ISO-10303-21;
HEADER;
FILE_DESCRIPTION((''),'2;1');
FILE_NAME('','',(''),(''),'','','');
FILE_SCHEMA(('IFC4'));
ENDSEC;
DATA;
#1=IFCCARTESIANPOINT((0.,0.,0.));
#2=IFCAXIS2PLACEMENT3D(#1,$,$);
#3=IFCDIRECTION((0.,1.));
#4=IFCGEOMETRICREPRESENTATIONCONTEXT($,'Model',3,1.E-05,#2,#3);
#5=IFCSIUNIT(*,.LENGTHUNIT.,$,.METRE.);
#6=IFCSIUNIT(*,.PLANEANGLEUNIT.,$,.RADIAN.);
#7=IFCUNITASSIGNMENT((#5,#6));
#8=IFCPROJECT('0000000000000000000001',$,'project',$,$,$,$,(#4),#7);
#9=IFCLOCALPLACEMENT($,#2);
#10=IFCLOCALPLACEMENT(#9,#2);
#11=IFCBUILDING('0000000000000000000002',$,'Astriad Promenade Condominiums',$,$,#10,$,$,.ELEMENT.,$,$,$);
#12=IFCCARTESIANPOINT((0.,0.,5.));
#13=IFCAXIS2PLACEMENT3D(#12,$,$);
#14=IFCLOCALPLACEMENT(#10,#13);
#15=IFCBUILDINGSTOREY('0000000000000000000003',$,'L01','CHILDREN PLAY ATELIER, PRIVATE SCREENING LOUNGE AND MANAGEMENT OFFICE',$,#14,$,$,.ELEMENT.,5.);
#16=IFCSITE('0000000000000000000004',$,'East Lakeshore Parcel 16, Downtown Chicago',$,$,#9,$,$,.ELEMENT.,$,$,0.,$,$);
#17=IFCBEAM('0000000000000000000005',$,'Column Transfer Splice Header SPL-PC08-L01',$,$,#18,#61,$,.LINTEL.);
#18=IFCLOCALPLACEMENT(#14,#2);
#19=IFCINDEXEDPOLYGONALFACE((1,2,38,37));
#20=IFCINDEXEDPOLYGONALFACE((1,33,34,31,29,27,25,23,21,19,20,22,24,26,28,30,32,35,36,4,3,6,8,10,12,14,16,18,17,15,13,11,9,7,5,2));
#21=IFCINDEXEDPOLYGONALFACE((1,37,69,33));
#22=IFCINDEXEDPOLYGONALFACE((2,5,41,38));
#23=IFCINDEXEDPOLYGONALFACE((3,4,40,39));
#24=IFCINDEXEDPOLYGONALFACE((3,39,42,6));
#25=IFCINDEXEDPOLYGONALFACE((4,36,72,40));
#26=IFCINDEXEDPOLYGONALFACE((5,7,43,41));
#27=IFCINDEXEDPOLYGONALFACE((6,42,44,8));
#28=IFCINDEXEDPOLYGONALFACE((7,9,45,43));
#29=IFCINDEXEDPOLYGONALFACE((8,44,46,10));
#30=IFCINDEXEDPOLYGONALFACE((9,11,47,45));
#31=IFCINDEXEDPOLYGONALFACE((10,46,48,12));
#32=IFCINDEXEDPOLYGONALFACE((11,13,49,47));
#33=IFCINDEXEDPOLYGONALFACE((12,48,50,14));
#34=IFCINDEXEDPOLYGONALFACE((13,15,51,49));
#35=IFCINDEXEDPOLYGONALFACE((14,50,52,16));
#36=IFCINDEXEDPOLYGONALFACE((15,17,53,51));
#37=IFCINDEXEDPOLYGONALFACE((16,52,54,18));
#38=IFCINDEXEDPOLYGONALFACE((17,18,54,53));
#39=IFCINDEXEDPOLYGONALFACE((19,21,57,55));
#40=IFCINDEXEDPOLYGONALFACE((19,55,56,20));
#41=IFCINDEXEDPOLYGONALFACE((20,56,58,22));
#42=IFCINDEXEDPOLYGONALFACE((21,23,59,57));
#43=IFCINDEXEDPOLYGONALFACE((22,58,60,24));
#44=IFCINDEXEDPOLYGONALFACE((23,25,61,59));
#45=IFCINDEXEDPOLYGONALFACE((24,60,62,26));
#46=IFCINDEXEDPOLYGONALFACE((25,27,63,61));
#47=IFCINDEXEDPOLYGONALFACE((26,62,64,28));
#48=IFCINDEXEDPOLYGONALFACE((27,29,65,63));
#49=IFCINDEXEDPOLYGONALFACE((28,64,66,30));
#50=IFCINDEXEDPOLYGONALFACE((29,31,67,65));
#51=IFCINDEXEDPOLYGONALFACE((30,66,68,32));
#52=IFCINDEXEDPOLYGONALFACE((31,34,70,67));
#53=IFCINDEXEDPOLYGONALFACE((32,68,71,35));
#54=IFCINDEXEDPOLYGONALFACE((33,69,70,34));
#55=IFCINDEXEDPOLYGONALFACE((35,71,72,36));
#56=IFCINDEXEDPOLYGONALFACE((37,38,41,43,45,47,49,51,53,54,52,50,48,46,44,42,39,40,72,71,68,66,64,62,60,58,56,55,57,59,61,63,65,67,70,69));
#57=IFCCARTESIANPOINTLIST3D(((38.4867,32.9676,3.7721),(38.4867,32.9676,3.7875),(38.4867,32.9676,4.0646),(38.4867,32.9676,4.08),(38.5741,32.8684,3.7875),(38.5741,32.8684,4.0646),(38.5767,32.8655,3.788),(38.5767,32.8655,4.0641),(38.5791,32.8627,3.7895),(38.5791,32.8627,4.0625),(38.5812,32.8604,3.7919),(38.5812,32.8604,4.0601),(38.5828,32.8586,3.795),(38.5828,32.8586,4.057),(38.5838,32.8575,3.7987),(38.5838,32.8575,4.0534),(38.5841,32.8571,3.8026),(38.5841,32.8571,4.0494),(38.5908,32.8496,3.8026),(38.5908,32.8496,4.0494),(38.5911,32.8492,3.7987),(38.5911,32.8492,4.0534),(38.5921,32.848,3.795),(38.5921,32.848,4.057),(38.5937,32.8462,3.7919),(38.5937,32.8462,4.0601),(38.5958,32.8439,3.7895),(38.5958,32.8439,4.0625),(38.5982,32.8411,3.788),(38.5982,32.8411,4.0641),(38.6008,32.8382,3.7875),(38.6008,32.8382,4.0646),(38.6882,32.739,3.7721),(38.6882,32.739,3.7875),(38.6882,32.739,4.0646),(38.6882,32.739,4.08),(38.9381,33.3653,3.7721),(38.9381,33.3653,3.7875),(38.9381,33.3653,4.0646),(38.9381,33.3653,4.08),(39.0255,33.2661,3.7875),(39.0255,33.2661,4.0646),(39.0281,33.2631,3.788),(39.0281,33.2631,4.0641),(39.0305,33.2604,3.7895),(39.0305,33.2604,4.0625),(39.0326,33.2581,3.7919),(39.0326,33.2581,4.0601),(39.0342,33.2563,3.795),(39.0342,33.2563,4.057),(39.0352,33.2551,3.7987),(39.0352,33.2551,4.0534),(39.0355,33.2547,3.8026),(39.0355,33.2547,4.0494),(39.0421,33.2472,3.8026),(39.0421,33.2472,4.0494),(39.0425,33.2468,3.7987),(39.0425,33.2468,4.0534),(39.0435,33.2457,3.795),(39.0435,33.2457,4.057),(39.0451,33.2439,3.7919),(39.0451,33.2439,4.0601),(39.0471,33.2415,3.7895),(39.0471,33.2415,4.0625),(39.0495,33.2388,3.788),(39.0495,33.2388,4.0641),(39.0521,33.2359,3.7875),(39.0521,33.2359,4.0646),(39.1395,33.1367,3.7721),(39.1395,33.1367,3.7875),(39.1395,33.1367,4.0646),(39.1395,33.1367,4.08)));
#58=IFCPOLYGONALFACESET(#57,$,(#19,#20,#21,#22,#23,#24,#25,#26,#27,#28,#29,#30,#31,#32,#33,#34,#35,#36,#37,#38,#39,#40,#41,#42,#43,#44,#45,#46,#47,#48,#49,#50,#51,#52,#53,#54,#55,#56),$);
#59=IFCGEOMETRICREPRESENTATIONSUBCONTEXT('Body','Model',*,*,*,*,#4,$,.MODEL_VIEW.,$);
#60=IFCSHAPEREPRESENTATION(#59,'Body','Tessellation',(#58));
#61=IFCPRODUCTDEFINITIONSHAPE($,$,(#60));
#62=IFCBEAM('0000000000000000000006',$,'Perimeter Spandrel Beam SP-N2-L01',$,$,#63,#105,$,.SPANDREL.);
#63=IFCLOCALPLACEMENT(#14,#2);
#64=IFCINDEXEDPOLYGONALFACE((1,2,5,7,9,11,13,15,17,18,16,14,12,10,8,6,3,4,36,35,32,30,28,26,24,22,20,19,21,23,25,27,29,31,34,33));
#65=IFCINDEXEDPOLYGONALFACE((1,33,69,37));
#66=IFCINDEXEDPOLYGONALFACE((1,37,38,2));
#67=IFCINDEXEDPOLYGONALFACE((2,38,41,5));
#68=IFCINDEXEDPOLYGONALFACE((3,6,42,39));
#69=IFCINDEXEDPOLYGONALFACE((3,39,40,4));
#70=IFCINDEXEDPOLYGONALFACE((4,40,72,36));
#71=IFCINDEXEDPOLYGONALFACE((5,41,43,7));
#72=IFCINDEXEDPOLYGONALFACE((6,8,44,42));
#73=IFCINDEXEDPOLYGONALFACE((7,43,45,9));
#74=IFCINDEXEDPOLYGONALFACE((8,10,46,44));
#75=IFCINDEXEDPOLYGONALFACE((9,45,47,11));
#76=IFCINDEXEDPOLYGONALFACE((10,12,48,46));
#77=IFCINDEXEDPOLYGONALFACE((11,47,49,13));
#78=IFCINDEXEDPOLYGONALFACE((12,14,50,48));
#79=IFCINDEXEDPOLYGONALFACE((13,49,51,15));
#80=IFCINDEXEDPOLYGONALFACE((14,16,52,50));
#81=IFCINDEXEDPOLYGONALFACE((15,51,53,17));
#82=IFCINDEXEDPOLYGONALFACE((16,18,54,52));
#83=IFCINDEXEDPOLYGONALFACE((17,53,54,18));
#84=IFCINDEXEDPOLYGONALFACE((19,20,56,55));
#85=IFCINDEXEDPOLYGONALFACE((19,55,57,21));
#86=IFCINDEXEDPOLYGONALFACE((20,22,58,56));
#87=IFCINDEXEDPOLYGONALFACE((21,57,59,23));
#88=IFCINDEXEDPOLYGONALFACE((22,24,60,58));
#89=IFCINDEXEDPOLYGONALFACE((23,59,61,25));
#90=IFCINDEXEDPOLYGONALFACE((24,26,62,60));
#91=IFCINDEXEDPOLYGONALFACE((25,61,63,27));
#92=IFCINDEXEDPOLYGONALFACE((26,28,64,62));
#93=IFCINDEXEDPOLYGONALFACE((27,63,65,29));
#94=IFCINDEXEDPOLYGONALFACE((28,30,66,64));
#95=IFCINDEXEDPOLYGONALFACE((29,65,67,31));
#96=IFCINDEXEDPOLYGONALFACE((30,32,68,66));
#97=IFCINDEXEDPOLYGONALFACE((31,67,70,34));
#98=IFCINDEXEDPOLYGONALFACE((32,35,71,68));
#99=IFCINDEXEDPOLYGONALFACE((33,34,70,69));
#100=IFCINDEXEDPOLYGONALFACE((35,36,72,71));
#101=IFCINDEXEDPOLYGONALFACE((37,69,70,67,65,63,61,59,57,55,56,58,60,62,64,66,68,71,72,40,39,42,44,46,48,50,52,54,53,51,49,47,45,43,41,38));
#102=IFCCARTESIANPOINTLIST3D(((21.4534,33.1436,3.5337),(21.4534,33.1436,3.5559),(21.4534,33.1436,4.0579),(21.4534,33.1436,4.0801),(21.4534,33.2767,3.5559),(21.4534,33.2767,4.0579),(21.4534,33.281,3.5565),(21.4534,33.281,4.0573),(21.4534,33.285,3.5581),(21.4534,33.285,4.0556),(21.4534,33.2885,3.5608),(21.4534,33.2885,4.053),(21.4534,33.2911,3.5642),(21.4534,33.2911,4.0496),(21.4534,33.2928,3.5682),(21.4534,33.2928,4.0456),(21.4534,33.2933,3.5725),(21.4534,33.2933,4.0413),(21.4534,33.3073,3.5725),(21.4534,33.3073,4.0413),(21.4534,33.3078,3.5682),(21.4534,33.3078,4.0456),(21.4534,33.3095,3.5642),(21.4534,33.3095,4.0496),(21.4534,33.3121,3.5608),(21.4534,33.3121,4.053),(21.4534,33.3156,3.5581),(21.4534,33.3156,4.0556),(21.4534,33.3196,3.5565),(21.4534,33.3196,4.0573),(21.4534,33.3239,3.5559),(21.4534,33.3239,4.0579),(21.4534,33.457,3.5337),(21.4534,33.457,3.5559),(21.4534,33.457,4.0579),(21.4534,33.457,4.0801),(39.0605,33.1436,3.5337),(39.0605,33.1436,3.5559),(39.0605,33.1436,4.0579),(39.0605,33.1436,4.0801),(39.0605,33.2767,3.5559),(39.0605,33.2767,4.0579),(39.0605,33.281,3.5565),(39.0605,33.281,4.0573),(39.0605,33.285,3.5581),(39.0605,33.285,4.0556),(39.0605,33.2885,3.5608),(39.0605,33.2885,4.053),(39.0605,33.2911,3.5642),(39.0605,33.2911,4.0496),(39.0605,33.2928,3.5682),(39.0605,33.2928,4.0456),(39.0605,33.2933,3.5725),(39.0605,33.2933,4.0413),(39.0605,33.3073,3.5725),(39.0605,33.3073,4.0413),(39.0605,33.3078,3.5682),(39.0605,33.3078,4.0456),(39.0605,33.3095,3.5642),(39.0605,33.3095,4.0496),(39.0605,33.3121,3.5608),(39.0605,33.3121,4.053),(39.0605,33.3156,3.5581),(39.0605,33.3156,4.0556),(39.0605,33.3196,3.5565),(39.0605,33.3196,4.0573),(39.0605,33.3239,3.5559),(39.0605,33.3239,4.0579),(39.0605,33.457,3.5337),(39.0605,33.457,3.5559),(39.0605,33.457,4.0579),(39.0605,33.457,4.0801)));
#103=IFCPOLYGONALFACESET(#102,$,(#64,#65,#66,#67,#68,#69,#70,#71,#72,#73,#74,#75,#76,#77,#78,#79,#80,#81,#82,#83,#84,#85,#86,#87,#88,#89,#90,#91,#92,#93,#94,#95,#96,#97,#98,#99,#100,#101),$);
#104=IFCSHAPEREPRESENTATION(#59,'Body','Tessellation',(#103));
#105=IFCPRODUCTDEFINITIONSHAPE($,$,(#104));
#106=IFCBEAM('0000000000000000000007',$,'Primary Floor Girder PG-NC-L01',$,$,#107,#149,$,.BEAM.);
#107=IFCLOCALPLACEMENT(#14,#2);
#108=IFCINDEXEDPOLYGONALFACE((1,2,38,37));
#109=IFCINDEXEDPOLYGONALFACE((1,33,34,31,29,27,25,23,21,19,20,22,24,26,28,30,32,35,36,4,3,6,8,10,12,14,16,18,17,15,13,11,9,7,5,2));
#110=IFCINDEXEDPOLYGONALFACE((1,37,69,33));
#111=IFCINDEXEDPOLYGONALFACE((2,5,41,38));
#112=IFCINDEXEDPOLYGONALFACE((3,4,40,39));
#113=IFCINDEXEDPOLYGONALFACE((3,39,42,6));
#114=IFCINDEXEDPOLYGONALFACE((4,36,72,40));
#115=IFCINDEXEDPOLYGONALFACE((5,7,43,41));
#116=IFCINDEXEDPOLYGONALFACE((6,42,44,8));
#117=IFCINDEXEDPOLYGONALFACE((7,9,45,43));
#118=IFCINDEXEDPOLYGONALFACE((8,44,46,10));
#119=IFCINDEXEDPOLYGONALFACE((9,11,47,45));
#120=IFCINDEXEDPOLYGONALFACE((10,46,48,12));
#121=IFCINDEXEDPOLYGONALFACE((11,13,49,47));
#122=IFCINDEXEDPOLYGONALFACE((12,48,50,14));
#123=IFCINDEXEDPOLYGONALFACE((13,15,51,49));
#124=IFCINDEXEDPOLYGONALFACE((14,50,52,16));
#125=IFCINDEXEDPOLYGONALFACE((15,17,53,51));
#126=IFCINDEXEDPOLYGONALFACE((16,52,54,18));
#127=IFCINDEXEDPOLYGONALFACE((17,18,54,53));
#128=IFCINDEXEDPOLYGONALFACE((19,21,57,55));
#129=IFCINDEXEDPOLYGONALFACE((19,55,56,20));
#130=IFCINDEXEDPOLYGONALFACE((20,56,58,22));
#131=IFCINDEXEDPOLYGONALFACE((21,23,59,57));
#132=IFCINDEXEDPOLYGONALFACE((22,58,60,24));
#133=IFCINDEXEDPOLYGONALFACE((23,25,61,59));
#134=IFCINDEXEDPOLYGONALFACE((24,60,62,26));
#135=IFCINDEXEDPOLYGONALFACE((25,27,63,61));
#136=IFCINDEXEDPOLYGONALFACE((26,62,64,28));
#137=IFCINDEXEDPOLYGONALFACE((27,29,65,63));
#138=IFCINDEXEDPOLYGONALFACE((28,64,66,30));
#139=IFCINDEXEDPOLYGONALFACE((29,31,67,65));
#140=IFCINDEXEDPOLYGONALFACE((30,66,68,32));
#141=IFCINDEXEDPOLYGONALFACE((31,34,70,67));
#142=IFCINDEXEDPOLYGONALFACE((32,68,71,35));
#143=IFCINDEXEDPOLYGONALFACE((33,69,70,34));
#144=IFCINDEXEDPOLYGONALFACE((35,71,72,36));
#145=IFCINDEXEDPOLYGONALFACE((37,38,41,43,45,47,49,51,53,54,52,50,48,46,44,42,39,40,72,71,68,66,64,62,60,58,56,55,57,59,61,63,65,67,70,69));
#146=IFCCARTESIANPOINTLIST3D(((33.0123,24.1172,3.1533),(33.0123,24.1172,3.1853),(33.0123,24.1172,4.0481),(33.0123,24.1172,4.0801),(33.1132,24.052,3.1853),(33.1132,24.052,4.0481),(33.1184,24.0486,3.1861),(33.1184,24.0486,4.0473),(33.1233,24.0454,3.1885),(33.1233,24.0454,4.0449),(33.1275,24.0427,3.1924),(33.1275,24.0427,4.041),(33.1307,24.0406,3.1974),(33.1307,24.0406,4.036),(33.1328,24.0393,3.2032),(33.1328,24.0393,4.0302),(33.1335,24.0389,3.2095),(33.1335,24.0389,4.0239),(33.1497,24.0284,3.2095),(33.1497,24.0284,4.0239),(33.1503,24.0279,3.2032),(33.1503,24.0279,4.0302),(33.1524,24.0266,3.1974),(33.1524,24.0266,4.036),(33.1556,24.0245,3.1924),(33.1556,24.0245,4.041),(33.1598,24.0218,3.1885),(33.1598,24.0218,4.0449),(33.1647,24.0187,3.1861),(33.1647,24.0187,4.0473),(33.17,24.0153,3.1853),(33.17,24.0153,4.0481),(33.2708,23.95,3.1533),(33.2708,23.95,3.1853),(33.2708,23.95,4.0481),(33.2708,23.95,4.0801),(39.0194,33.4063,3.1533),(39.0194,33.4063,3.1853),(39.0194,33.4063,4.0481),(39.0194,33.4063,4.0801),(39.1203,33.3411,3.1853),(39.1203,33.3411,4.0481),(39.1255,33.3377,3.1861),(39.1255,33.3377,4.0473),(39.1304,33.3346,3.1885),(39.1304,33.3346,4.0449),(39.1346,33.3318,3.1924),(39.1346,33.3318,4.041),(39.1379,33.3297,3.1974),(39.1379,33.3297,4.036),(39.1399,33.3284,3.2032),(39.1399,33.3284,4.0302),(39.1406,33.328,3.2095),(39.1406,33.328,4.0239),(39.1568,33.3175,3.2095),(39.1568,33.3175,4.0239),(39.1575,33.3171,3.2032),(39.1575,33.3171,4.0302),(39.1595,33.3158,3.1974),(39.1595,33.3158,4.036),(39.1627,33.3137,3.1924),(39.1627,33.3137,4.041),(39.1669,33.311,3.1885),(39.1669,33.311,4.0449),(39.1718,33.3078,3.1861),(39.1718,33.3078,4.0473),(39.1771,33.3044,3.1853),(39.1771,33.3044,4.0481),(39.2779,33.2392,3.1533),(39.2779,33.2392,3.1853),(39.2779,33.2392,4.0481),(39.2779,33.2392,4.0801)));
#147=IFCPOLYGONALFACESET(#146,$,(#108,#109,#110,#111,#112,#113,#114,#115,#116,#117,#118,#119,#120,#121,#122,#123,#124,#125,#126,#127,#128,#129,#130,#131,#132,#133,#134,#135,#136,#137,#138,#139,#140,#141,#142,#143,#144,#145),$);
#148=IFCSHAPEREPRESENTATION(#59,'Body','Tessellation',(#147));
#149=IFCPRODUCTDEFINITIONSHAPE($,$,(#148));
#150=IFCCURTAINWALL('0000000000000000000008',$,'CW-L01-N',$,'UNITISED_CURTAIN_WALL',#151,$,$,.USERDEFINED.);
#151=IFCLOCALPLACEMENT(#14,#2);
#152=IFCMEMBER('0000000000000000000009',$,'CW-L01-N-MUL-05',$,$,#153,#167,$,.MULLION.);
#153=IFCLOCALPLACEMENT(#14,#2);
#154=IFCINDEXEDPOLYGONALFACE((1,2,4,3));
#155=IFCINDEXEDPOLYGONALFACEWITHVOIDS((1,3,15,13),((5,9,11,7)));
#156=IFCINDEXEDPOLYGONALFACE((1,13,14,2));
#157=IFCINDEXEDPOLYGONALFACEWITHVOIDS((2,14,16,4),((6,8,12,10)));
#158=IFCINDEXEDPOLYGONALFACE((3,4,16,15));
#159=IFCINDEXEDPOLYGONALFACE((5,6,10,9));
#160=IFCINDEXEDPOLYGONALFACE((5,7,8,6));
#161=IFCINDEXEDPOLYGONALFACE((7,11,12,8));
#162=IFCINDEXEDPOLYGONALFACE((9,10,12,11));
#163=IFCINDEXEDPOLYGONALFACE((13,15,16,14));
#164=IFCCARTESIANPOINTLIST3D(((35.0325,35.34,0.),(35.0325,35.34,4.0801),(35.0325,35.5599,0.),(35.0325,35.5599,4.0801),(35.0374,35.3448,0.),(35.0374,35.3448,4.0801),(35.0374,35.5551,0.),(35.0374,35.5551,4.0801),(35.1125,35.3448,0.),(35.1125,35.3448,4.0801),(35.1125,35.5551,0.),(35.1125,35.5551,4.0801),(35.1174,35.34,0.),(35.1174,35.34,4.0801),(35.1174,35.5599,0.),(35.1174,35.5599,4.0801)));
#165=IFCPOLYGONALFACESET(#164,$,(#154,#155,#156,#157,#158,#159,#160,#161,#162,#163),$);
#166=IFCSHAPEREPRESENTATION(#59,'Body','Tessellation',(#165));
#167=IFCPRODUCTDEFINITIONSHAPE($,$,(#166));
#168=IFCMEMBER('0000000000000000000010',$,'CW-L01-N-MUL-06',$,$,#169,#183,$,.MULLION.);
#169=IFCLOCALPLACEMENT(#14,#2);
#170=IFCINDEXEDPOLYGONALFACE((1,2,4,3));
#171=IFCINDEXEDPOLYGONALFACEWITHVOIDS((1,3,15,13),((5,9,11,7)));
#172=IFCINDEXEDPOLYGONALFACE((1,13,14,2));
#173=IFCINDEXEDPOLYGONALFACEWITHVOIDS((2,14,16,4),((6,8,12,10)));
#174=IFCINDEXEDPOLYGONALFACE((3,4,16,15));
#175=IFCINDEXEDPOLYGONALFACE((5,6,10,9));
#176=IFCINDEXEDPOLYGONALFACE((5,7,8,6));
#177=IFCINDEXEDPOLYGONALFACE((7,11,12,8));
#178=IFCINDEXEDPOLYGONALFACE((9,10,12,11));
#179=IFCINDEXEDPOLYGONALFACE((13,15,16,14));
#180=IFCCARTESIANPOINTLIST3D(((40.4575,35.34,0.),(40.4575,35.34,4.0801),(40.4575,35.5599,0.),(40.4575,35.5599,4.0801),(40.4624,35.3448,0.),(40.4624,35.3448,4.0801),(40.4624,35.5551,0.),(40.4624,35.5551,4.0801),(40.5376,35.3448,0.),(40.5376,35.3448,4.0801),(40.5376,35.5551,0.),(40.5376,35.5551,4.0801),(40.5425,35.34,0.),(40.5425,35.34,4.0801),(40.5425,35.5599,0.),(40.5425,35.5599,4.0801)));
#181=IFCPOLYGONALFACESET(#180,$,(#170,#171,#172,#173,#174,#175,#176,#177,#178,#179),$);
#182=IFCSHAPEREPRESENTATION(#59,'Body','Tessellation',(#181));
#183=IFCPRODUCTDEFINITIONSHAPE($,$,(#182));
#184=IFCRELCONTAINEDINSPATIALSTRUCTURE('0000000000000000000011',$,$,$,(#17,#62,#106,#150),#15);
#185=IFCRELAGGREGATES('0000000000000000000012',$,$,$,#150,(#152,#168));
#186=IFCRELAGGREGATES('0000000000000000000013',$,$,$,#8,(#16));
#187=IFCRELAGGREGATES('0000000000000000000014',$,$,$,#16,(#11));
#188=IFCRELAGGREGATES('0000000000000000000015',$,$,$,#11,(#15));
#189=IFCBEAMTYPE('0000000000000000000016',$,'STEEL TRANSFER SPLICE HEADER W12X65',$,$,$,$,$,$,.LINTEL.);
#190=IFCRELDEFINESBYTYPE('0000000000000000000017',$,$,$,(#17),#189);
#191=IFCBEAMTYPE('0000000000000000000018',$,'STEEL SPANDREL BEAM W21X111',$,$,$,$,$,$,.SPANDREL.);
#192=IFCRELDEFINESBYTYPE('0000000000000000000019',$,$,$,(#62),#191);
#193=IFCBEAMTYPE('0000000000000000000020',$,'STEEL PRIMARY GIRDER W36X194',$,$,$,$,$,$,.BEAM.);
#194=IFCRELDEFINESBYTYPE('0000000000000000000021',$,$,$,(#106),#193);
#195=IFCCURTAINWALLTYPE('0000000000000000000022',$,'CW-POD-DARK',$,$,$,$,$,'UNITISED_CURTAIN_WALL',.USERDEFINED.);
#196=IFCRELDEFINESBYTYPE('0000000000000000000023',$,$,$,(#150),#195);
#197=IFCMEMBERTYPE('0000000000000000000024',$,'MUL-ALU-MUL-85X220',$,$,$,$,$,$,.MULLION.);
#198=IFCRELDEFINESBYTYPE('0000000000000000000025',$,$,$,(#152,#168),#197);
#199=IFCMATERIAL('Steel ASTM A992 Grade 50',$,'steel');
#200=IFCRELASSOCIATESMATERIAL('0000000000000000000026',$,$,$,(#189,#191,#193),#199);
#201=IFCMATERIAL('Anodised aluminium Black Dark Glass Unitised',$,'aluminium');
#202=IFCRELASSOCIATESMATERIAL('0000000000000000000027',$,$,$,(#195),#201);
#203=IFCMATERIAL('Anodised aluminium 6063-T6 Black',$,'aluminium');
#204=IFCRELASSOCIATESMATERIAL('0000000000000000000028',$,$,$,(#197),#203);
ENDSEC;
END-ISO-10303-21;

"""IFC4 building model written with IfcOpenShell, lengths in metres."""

from ifc_helpers import new_model, si_unit, direction, frame, origin, origin_2d, place, context, subcontext, project, spatial, hollow_rectangle, i_section, extrude, source, transform, mapped, material, material_profile, profile_set, type_object, type_shapes, element, aggregate, save


model = new_model("IFC4")

# Units and contexts
model_context = context("Model", 3, precision=1e-05, world=origin(), true_north=direction((0.0, 1.0)))
body_context = subcontext(model_context, "Body", "Model", "MODEL_VIEW")
ifc_project = project(units=[si_unit("LENGTHUNIT", "METRE"), si_unit("PLANEANGLEUNIT", "RADIAN")], contexts=[model_context])

# Site, building, storey
site_placement = place(None, origin())
site = spatial("IfcSite", under=ifc_project, at=site_placement, Name="East Lakeshore Parcel 16, Downtown Chicago", CompositionType="ELEMENT", RefElevation=0.0)
building_placement = place(site_placement, origin())
building = spatial("IfcBuilding", under=site, at=building_placement, Name="Astriad Promenade Condominiums", CompositionType="ELEMENT")
storey_placement = place(building_placement, frame((0.0, 0.0, 5.0)))
storey = spatial("IfcBuildingStorey", under=building, at=storey_placement, Name="L01", Description="CHILDREN PLAY ATELIER, PRIVATE SCREENING LOUNGE AND MANAGEMENT OFFICE", CompositionType="ELEMENT", Elevation=5.0)

# Shared definitions
ifc_material_1 = material(Name="Steel ASTM A992 Grade 50", Category="steel")

# Beams
ifc_material_profile_1 = material_profile(ifc_material_1, i_section(OverallWidth=0.3047, OverallDepth=0.3079, WebThickness=0.01, FlangeThickness=0.0154, FilletRadius=0.0151, at=origin_2d()), Name="W12X65")
ifc_profile_set_1 = profile_set([ifc_material_profile_1], Name="Steel ASTM A992 Grade 50")
beam_type_1 = type_object("IfcBeamType", Name="STEEL TRANSFER SPLICE HEADER W12X65", PredefinedType="LINTEL", material=ifc_profile_set_1)
shared_shape_1 = source(origin(), body_context, "Body", "SweptSolid", [
    extrude(i_section(OverallWidth=0.3047, OverallDepth=0.3079, WebThickness=0.01, FlangeThickness=0.0154, FilletRadius=0.0151, at=origin_2d()), origin(), (0.0, 0.0, 1.0), 0.6016),
])
type_shapes(beam_type_1, [shared_shape_1])
beam_1_placement = place(storey_placement, frame((39.0388, 33.251, 3.926), z_axis=(-0.750335, -0.661058, 0.0), x_axis=(0.661058, -0.750335, 0.0)))
element("IfcBeam", 1, at=beam_1_placement, inside=storey, type_object=beam_type_1, Name="Column Transfer Splice Header SPL-PC08-L01", PredefinedType="LINTEL", context=body_context, shape_type="MappedRepresentation", body=[
    mapped(shared_shape_1, transform((0.0, 0.0, 0.0), scale=1.0)),
])
ifc_material_profile_2 = material_profile(ifc_material_1, i_section(OverallWidth=0.3135, OverallDepth=0.5464, WebThickness=0.0139, FlangeThickness=0.0222, FilletRadius=0.0166, at=origin_2d()), Name="W21X111")
ifc_profile_set_2 = profile_set([ifc_material_profile_2], Name="Steel ASTM A992 Grade 50")
beam_type_2 = type_object("IfcBeamType", Name="STEEL SPANDREL BEAM W21X111", PredefinedType="SPANDREL", material=ifc_profile_set_2)
shared_shape_2 = source(origin(), body_context, "Body", "SweptSolid", [
    extrude(i_section(OverallWidth=0.3135, OverallDepth=0.5464, WebThickness=0.0139, FlangeThickness=0.0222, FilletRadius=0.0166, at=origin_2d()), origin(), (0.0, 0.0, 1.0), 17.6072),
])
type_shapes(beam_type_2, [shared_shape_2])
beam_2_placement = place(storey_placement, frame((39.0605, 33.3003, 3.8069), z_axis=(-1.0, 0.0, 0.0), x_axis=(0.0, -1.0, 0.0)))
element("IfcBeam", 2, at=beam_2_placement, inside=storey, type_object=beam_type_2, Name="Perimeter Spandrel Beam SP-N2-L01", PredefinedType="SPANDREL", context=body_context, shape_type="MappedRepresentation", body=[
    mapped(shared_shape_2, transform((0.0, 0.0, 0.0), scale=1.0)),
])
ifc_material_profile_3 = material_profile(ifc_material_1, i_section(OverallWidth=0.3079, OverallDepth=0.9268, WebThickness=0.0193, FlangeThickness=0.032, FilletRadius=0.0242, at=origin_2d()), Name="W36X194")
ifc_profile_set_3 = profile_set([ifc_material_profile_3], Name="Steel ASTM A992 Grade 50")
beam_type_3 = type_object("IfcBeamType", Name="STEEL PRIMARY GIRDER W36X194", PredefinedType="BEAM", material=ifc_profile_set_3)
shared_shape_3 = source(origin(), body_context, "Body", "SweptSolid", [
    extrude(i_section(OverallWidth=0.3079, OverallDepth=0.9268, WebThickness=0.0193, FlangeThickness=0.032, FilletRadius=0.0242, at=origin_2d()), origin(), (0.0, 0.0, 1.0), 11.0623),
])
type_shapes(beam_type_3, [shared_shape_3])
beam_3_placement = place(storey_placement, frame((39.1487, 33.3228, 3.6167), z_axis=(-0.543029, -0.839714, 0.0), x_axis=(0.839714, -0.543029, 0.0)))
element("IfcBeam", 3, at=beam_3_placement, inside=storey, type_object=beam_type_3, Name="Primary Floor Girder PG-NC-L01", PredefinedType="BEAM", context=body_context, shape_type="MappedRepresentation", body=[
    mapped(shared_shape_3, transform((0.0, 0.0, 0.0), scale=1.0)),
])

# Curtain wall, members
ifc_material_2 = material(Name="Anodised aluminium Black Dark Glass Unitised", Category="aluminium")
curtain_wall_type = type_object("IfcCurtainWallType", Name="CW-POD-DARK", ElementType="UNITISED_CURTAIN_WALL", PredefinedType="USERDEFINED", material=ifc_material_2)
curtain_wall_placement = place(storey_placement, origin())
curtain_wall = element("IfcCurtainWall", 4, at=curtain_wall_placement, inside=storey, type_object=curtain_wall_type, Name="CW-L01-N", ObjectType="UNITISED_CURTAIN_WALL", PredefinedType="USERDEFINED")
ifc_material_3 = material(Name="Anodised aluminium 6063-T6 Black", Category="aluminium")
ifc_material_profile_4 = material_profile(ifc_material_3, hollow_rectangle(XDim=0.085, YDim=0.22, WallThickness=0.0049, at=origin_2d()), Name="ALU-MUL-85X220")
ifc_profile_set_4 = profile_set([ifc_material_profile_4], Name="Anodised aluminium 6063-T6 Black")
member_type_1 = type_object("IfcMemberType", Name="MUL-ALU-MUL-85X220", PredefinedType="MULLION", material=ifc_profile_set_4)
shared_shape_4 = source(origin(), body_context, "Body", "SweptSolid", [
    extrude(hollow_rectangle(XDim=0.085, YDim=0.22, WallThickness=0.0049, at=origin_2d()), origin(), (0.0, 0.0, 1.0), 4.0801),
])
type_shapes(member_type_1, [shared_shape_4])
member_1_placement = place(storey_placement, frame((35.075, 35.45, 0.0), z_axis=(0.0, 0.0, 1.0), x_axis=(1.0, 0.0, 0.0)))
member_1 = element("IfcMember", 5, at=member_1_placement, type_object=member_type_1, Name="CW-L01-N-MUL-05", PredefinedType="MULLION", context=body_context, shape_type="MappedRepresentation", body=[
    mapped(shared_shape_4, transform((0.0, 0.0, 0.0), scale=1.0)),
])
member_2_placement = place(storey_placement, frame((40.5, 35.45, 0.0), z_axis=(0.0, 0.0, 1.0), x_axis=(1.0, 0.0, 0.0)))
member_2 = element("IfcMember", 6, at=member_2_placement, type_object=member_type_1, Name="CW-L01-N-MUL-06", PredefinedType="MULLION", context=body_context, shape_type="MappedRepresentation", body=[
    mapped(shared_shape_4, transform((0.0, 0.0, 0.0), scale=1.0)),
])

aggregate(curtain_wall, [member_1, member_2])

save(model, "model.ifc")
